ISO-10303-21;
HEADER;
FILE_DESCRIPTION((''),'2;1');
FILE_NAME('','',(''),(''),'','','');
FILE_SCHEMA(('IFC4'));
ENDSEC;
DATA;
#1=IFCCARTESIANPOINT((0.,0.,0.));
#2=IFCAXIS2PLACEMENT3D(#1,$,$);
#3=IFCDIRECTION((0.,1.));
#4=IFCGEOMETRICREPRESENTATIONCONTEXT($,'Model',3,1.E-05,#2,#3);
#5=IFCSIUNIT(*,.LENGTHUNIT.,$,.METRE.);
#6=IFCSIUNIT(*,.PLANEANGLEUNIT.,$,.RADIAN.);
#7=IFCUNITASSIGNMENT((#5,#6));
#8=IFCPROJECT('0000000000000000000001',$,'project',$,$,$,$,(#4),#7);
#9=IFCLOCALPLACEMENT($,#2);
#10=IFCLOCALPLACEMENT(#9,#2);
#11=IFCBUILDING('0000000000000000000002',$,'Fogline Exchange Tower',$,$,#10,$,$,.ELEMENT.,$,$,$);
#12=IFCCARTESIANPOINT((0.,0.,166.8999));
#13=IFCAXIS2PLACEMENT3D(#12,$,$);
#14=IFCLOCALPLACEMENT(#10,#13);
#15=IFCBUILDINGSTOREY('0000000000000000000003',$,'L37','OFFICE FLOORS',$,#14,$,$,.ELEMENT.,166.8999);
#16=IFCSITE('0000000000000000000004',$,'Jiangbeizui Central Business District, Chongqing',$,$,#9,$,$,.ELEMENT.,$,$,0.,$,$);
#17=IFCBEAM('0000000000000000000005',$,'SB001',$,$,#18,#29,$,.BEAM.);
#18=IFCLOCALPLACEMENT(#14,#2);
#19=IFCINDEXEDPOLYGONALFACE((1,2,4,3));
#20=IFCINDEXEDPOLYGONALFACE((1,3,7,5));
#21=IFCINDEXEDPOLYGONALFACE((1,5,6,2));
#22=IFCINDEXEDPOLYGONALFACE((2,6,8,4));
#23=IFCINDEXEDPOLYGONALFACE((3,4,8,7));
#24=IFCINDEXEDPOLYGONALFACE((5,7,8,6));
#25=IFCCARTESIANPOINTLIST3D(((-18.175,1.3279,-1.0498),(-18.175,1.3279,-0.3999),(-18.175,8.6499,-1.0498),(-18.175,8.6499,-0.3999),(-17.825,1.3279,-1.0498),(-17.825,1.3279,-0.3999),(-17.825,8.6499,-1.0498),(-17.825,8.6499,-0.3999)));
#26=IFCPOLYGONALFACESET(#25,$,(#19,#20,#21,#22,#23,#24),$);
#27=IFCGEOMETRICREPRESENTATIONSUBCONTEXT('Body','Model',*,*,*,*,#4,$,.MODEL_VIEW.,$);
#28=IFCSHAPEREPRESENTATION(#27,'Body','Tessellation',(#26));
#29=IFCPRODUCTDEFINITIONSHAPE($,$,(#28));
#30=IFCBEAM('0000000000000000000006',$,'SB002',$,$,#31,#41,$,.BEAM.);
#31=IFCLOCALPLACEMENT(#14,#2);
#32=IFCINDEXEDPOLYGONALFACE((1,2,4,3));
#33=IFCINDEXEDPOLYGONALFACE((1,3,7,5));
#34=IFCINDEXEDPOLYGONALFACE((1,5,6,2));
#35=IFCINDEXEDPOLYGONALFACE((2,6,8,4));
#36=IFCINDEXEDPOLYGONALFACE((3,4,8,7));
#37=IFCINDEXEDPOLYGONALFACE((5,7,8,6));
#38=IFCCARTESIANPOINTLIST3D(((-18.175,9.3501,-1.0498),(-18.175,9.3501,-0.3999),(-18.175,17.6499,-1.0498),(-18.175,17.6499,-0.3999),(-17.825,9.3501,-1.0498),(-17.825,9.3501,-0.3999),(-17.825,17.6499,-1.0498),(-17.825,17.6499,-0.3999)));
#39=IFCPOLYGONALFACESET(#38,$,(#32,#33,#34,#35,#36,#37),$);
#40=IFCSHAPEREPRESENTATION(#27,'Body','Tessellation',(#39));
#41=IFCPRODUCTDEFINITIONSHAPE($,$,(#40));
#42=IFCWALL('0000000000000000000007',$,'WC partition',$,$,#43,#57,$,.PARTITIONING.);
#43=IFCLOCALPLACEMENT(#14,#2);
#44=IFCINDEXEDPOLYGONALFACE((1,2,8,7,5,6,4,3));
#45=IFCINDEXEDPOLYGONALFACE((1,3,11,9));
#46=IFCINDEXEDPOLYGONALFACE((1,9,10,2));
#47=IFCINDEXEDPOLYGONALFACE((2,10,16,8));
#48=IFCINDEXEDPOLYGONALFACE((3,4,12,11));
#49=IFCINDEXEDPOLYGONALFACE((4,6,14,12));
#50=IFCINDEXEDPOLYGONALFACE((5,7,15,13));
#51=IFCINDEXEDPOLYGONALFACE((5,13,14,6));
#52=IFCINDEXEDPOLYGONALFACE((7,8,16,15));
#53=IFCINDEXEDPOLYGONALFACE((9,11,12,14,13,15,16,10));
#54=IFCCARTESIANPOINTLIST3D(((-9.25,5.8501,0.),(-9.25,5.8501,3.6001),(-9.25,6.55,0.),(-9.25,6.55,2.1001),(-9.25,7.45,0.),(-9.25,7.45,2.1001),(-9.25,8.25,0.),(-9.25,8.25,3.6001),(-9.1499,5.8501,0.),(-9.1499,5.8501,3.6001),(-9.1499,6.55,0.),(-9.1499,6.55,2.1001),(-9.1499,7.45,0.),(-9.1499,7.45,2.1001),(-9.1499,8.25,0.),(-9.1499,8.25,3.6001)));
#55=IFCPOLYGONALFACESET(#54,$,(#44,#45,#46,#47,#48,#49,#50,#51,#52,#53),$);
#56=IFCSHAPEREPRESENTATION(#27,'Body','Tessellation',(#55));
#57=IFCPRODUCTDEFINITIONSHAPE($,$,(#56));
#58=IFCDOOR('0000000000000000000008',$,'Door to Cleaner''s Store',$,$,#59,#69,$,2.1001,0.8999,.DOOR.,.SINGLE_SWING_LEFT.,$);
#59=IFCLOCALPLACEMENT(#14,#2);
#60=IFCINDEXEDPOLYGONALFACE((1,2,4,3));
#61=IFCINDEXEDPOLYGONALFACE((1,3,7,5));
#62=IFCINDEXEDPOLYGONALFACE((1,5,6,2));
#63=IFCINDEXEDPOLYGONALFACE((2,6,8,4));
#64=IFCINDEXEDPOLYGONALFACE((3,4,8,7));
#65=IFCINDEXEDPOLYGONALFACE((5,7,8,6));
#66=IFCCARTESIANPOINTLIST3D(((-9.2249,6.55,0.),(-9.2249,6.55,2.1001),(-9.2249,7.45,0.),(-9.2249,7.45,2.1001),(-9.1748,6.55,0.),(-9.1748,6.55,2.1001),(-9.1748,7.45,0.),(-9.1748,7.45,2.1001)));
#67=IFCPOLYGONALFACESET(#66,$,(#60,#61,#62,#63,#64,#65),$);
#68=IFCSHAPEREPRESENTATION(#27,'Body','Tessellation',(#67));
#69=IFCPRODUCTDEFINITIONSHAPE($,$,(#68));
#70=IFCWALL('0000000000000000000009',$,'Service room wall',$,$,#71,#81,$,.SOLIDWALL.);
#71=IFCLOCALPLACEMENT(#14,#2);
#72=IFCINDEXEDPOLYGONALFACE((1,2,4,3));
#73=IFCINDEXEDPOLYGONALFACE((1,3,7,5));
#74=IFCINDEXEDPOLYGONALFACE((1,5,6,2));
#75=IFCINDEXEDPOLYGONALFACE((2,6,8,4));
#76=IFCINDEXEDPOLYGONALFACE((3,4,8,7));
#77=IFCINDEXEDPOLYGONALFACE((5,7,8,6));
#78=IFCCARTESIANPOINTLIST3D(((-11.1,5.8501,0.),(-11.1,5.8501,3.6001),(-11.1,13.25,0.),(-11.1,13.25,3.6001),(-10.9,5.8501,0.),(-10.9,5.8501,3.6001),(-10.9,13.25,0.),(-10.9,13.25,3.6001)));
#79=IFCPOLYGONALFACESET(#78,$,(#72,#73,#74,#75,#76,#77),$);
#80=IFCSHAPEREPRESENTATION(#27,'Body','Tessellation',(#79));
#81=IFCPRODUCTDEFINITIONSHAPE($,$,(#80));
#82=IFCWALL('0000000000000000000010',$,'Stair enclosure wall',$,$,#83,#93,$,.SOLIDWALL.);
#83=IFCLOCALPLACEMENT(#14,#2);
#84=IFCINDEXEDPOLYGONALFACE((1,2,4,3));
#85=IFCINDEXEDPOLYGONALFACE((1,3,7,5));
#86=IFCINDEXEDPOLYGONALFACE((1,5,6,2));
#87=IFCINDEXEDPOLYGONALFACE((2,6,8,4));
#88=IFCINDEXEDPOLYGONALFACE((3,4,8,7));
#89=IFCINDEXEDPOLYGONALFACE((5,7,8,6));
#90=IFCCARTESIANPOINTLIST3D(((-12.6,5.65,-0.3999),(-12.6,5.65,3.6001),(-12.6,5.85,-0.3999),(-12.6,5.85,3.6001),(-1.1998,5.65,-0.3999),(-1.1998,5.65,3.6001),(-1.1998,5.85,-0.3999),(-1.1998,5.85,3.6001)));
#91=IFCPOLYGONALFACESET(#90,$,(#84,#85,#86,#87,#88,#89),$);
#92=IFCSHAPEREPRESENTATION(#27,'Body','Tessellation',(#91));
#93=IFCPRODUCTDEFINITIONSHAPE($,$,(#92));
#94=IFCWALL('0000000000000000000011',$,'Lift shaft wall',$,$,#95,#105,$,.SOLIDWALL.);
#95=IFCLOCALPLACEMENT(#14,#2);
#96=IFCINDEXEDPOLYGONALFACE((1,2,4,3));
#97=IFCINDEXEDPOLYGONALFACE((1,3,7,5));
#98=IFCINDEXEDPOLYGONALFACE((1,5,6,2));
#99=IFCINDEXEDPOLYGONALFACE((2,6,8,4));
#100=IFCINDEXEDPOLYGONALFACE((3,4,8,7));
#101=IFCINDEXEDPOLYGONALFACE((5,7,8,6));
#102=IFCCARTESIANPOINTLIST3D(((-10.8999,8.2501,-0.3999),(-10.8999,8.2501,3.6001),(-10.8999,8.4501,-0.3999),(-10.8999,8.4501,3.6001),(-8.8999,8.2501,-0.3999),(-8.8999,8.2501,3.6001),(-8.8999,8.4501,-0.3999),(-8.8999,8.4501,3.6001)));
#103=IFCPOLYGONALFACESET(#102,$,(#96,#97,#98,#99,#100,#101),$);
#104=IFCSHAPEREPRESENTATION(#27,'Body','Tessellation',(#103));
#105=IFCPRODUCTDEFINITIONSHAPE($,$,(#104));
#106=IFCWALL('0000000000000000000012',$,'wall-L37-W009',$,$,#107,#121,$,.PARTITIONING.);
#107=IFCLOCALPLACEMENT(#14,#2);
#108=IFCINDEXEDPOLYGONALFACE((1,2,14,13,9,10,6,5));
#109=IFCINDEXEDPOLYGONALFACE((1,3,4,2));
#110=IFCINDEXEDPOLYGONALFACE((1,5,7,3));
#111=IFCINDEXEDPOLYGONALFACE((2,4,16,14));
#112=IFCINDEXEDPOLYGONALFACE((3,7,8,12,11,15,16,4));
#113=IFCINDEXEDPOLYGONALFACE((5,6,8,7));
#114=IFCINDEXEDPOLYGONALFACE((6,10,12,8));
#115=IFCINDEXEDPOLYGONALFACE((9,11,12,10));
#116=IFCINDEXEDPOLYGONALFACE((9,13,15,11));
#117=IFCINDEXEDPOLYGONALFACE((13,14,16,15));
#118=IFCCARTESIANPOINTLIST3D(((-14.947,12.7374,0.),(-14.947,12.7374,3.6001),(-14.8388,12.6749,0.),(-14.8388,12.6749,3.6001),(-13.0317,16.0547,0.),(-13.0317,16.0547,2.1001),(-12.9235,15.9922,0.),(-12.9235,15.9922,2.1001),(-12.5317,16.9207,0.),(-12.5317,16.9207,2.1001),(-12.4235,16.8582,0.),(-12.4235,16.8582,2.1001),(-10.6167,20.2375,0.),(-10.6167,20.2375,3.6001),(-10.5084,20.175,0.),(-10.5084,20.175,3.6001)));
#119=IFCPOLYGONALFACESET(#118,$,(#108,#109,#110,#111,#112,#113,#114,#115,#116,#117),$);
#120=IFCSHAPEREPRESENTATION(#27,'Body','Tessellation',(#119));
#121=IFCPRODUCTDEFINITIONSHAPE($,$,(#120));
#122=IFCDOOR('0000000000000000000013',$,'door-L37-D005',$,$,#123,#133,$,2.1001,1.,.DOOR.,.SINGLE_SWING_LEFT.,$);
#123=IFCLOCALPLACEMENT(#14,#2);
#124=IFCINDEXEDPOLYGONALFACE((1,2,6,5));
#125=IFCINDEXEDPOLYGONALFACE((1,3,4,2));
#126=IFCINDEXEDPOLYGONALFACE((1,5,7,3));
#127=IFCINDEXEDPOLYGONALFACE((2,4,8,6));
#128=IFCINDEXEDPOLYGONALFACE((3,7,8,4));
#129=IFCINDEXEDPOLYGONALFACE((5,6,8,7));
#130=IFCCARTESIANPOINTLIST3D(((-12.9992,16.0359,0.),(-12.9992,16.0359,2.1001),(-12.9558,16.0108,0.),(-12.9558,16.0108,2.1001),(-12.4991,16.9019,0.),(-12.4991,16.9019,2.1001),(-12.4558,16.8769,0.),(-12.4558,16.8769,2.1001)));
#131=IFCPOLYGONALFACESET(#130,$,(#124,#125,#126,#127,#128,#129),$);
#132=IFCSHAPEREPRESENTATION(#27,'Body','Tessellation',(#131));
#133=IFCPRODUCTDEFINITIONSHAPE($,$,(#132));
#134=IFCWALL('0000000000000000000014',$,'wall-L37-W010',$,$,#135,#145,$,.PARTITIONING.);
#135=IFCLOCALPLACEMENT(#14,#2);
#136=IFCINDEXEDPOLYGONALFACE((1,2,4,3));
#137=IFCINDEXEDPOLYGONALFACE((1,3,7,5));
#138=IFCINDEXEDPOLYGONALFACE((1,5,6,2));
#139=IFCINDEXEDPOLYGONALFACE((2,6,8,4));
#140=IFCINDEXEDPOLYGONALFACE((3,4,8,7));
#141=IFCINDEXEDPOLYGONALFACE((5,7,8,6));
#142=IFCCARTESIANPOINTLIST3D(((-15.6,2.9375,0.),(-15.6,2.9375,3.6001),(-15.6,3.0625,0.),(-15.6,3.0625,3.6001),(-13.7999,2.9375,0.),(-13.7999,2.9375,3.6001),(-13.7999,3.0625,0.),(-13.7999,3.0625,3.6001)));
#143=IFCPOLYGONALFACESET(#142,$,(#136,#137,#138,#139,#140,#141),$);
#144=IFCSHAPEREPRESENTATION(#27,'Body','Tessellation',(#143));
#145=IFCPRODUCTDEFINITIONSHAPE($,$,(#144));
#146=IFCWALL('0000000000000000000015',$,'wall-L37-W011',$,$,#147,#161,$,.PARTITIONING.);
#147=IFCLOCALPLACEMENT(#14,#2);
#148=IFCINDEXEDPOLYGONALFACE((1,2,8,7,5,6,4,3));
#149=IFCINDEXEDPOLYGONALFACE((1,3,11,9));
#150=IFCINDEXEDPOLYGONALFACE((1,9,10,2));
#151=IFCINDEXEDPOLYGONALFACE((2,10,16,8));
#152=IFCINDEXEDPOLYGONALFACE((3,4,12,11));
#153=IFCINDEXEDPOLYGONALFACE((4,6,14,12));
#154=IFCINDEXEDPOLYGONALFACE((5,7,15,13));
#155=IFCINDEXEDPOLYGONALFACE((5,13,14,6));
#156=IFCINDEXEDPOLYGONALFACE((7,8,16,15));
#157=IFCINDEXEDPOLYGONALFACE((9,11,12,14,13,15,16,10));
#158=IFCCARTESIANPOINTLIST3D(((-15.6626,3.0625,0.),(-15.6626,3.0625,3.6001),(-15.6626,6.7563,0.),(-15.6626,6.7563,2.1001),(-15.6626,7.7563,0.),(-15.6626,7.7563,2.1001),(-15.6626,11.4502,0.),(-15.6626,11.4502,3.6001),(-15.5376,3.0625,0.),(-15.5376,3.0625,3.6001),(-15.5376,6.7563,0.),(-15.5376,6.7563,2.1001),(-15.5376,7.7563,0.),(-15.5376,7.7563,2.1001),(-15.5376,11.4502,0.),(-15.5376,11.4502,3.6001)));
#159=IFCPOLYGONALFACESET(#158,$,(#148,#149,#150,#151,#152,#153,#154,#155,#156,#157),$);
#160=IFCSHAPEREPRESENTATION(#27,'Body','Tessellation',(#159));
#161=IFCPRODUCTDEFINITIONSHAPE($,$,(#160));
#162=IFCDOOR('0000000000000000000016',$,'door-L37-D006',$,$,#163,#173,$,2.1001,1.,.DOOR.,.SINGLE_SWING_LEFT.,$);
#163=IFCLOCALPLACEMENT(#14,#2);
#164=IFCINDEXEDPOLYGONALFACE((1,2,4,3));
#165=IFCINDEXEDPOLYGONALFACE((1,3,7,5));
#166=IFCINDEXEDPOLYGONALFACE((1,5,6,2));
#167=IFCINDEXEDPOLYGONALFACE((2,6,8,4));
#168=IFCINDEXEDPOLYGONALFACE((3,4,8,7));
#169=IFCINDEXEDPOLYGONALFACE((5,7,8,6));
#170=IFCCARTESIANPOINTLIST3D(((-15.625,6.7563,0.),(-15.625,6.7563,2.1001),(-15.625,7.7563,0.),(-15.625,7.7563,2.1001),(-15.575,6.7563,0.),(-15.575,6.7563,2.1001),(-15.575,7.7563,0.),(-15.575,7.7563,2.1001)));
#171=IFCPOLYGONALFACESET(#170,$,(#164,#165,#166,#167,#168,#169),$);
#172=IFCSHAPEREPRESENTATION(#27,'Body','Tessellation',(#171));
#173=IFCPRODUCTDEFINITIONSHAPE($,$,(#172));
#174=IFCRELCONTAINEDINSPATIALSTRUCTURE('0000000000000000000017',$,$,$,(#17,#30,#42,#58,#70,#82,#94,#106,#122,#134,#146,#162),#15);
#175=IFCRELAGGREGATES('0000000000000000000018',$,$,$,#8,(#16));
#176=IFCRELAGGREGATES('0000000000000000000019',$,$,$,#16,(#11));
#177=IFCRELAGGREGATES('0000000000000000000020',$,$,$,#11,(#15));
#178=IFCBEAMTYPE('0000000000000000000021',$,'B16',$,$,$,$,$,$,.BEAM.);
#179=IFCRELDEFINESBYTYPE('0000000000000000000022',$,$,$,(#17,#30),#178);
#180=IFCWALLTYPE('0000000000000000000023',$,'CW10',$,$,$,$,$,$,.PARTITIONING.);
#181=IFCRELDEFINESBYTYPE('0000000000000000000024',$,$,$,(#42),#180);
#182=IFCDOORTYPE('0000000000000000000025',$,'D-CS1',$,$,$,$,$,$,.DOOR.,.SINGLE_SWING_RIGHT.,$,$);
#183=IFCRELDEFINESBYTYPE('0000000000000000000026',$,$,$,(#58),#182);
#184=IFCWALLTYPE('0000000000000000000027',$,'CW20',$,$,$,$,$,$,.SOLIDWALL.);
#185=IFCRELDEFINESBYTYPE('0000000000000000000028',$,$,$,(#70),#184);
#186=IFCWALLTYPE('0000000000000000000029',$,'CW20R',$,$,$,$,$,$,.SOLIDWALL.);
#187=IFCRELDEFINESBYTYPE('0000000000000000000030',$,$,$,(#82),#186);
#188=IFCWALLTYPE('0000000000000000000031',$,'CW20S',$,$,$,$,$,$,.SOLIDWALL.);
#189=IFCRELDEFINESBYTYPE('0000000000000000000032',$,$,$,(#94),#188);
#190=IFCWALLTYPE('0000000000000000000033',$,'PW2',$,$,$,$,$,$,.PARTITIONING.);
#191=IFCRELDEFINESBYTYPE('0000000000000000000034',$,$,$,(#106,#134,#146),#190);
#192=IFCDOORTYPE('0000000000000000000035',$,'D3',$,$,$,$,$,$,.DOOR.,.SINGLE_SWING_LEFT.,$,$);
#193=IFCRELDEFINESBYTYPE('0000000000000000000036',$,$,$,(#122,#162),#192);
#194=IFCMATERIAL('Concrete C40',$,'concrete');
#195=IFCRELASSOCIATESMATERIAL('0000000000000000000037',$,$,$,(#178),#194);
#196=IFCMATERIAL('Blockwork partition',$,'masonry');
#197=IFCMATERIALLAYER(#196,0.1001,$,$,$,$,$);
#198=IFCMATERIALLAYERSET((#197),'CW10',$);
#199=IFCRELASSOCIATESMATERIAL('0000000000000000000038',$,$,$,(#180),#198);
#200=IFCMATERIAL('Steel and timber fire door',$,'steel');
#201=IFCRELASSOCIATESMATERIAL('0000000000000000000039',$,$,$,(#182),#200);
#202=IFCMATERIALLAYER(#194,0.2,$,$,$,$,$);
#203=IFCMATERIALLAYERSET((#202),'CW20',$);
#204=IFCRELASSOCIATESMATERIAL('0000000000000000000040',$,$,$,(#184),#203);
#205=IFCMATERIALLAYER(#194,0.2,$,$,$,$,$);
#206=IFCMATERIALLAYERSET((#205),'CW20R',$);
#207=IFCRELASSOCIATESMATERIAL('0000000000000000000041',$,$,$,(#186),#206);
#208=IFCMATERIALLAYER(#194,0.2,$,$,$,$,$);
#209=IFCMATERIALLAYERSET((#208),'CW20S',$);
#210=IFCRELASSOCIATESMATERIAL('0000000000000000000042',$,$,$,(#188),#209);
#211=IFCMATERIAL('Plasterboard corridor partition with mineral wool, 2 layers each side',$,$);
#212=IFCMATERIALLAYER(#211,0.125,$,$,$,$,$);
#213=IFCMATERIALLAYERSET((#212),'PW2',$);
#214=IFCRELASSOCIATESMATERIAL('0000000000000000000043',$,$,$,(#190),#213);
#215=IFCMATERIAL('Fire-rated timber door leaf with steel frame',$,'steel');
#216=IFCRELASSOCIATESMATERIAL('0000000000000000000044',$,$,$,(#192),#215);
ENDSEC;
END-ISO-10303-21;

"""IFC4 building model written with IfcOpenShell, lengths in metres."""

from ifc_helpers import new_model, si_unit, direction, frame, frame_2d, origin, origin_2d, place, context, subcontext, project, spatial, rectangle, extrude, material, layer, layer_set, material_profile, profile_set, type_object, element, fill, save


model = new_model("IFC4")

# Units and contexts
model_context = context("Model", 3, precision=1e-05, world=origin(), true_north=direction((0.0, 1.0)))
body_context = subcontext(model_context, "Body", "Model", "MODEL_VIEW")
ifc_project = project(units=[si_unit("LENGTHUNIT", "METRE"), si_unit("PLANEANGLEUNIT", "RADIAN")], contexts=[model_context])

# Site, building, storey
site_placement = place(None, origin())
site = spatial("IfcSite", under=ifc_project, at=site_placement, Name="Jiangbeizui Central Business District, Chongqing", CompositionType="ELEMENT", RefElevation=0.0)
building_placement = place(site_placement, origin())
building = spatial("IfcBuilding", under=site, at=building_placement, Name="Fogline Exchange Tower", CompositionType="ELEMENT")
storey_placement = place(building_placement, frame((0.0, 0.0, 166.8999)))
storey = spatial("IfcBuildingStorey", under=building, at=storey_placement, Name="L37", Description="OFFICE FLOORS", CompositionType="ELEMENT", Elevation=166.8999)

# Beams
ifc_material_1 = material(Name="Concrete C40", Category="concrete")
ifc_material_profile = material_profile(ifc_material_1, rectangle(XDim=0.3501, YDim=0.6499, at=origin_2d()), Name="RC 350x650")
ifc_profile_set = profile_set([ifc_material_profile], Name="Concrete C40")
beam_type = type_object("IfcBeamType", Name="B16", PredefinedType="BEAM", material=ifc_profile_set)
beam_1_placement = place(storey_placement, frame((-18.0, 1.3279, -0.7249), z_axis=(0.0, 1.0, 0.0), x_axis=(-1.0, 0.0, 0.0)))
element("IfcBeam", 1, at=beam_1_placement, inside=storey, type_object=beam_type, Name="SB001", PredefinedType="BEAM", context=body_context, shape_type="SweptSolid", body=[
    extrude(rectangle(XDim=0.3501, YDim=0.6499, at=origin_2d()), origin(), (0.0, 0.0, 1.0), 7.322),
])
beam_2_placement = place(storey_placement, frame((-18.0, 9.3501, -0.7249), z_axis=(0.0, 1.0, 0.0), x_axis=(-1.0, 0.0, 0.0)))
element("IfcBeam", 2, at=beam_2_placement, inside=storey, type_object=beam_type, Name="SB002", PredefinedType="BEAM", context=body_context, shape_type="SweptSolid", body=[
    extrude(rectangle(XDim=0.3501, YDim=0.6499, at=origin_2d()), origin(), (0.0, 0.0, 1.0), 8.2998),
])

# Wall, opening, door
ifc_material_2 = material(Name="Blockwork partition", Category="masonry")
ifc_layer_1 = layer(ifc_material_2, 0.1001)
ifc_layer_set_1 = layer_set([ifc_layer_1], Name="CW10")
wall_type_1 = type_object("IfcWallType", Name="CW10", PredefinedType="PARTITIONING", material=ifc_layer_set_1)
wall_1_placement = place(storey_placement, frame((-9.2, 5.8501, 0.0), z_axis=(0.0, 0.0, 1.0), x_axis=(0.0, 1.0, 0.0)))
wall_1 = element("IfcWall", 3, at=wall_1_placement, inside=storey, type_object=wall_type_1, Name="WC partition", PredefinedType="PARTITIONING", context=body_context, shape_type="SweptSolid", body=[
    extrude(rectangle(XDim=2.3999, YDim=0.1001, at=frame_2d((1.2, 0.0))), origin(), (0.0, 0.0, 1.0), 3.6001),
])
opening_1_placement = place(wall_1_placement, frame((0.7, 0.0, 0.0)))
opening_1 = element("IfcOpeningElement", 4, at=opening_1_placement, cuts=wall_1, PredefinedType="OPENING", context=body_context, shape_type="SweptSolid", body=[
    extrude(rectangle(XDim=0.8999, YDim=2.1001, at=frame_2d((0.45, 1.05))), frame((0.0, 0.0601, 0.0), z_axis=(0.0, -1.0, 0.0), x_axis=(1.0, 0.0, 0.0)), (0.0, 0.0, 1.0), 0.1201),
])
ifc_material_3 = material(Name="Steel and timber fire door", Category="steel")
door_type_1 = type_object("IfcDoorType", Name="D-CS1", OperationType="SINGLE_SWING_RIGHT", PredefinedType="DOOR", material=ifc_material_3)
door_1_placement = place(opening_1_placement, origin())
door_1 = element("IfcDoor", 5, at=door_1_placement, inside=storey, type_object=door_type_1, Name="Door to Cleaner's Store", OperationType="SINGLE_SWING_LEFT", OverallHeight=2.1001, OverallWidth=0.8999, PredefinedType="DOOR", context=body_context, shape_type="SweptSolid", body=[
    extrude(rectangle(XDim=0.8999, YDim=2.1001, at=frame_2d((0.45, 1.05))), frame((0.0, 0.0249, 0.0), z_axis=(0.0, -1.0, 0.0), x_axis=(1.0, 0.0, 0.0)), (0.0, 0.0, 1.0), 0.05),
])
fill(opening_1, door_1)

# Walls
ifc_layer_2 = layer(ifc_material_1, 0.2)
ifc_layer_set_2 = layer_set([ifc_layer_2], Name="CW20")
wall_type_2 = type_object("IfcWallType", Name="CW20", PredefinedType="SOLIDWALL", material=ifc_layer_set_2)
wall_2_placement = place(storey_placement, frame((-11.0, 5.8501, 0.0), z_axis=(0.0, 0.0, 1.0), x_axis=(0.0, 1.0, 0.0)))
element("IfcWall", 6, at=wall_2_placement, inside=storey, type_object=wall_type_2, Name="Service room wall", PredefinedType="SOLIDWALL", context=body_context, shape_type="SweptSolid", body=[
    extrude(rectangle(XDim=7.3999, YDim=0.2, at=frame_2d((3.7, 0.0))), origin(), (0.0, 0.0, 1.0), 3.6001),
])
ifc_layer_3 = layer(ifc_material_1, 0.2)
ifc_layer_set_3 = layer_set([ifc_layer_3], Name="CW20R")
wall_type_3 = type_object("IfcWallType", Name="CW20R", PredefinedType="SOLIDWALL", material=ifc_layer_set_3)
wall_3_placement = place(storey_placement, frame((-12.6001, 5.75, -0.3999), z_axis=(0.0, 0.0, 1.0), x_axis=(1.0, 0.0, 0.0)))
element("IfcWall", 7, at=wall_3_placement, inside=storey, type_object=wall_type_3, Name="Stair enclosure wall", PredefinedType="SOLIDWALL", context=body_context, shape_type="SweptSolid", body=[
    extrude(rectangle(XDim=11.4001, YDim=0.2, at=frame_2d((5.7002, 0.0))), origin(), (0.0, 0.0, 1.0), 4.0),
])
ifc_layer_4 = layer(ifc_material_1, 0.2)
ifc_layer_set_4 = layer_set([ifc_layer_4], Name="CW20S")
wall_type_4 = type_object("IfcWallType", Name="CW20S", PredefinedType="SOLIDWALL", material=ifc_layer_set_4)
wall_4_placement = place(storey_placement, frame((-10.8999, 8.3501, -0.3999), z_axis=(0.0, 0.0, 1.0), x_axis=(1.0, 0.0, 0.0)))
element("IfcWall", 8, at=wall_4_placement, inside=storey, type_object=wall_type_4, Name="Lift shaft wall", PredefinedType="SOLIDWALL", context=body_context, shape_type="SweptSolid", body=[
    extrude(rectangle(XDim=2.0, YDim=0.2, at=frame_2d((1.0, 0.0))), origin(), (0.0, 0.0, 1.0), 4.0),
])

# Wall, opening, door
ifc_material_4 = material(Name="Plasterboard corridor partition with mineral wool, 2 layers each side")
ifc_layer_5 = layer(ifc_material_4, 0.125)
ifc_layer_set_5 = layer_set([ifc_layer_5], Name="PW2")
wall_type_5 = type_object("IfcWallType", Name="PW2", PredefinedType="PARTITIONING", material=ifc_layer_set_5)
wall_5_placement = place(storey_placement, frame((-14.8928, 12.7063, 0.0), z_axis=(0.0, 0.0, 1.0), x_axis=(0.500017, 0.866016, 0.0)))
wall_5 = element("IfcWall", 9, at=wall_5_placement, inside=storey, type_object=wall_type_5, Name="wall-L37-W009", PredefinedType="PARTITIONING", context=body_context, shape_type="SweptSolid", body=[
    extrude(rectangle(XDim=8.6604, YDim=0.125, at=frame_2d((4.3301, 0.0))), origin(), (0.0, 0.0, 1.0), 3.6001),
])
opening_2_placement = place(wall_5_placement, frame((3.8303, 0.0, 0.0)))
opening_2 = element("IfcOpeningElement", 10, at=opening_2_placement, cuts=wall_5, PredefinedType="OPENING", context=body_context, shape_type="SweptSolid", body=[
    extrude(rectangle(XDim=1.0, YDim=2.1001, at=frame_2d((0.5, 1.05))), frame((0.0, 0.0725, 0.0), z_axis=(0.0, -1.0, 0.0), x_axis=(1.0, 0.0, 0.0)), (0.0, 0.0, 1.0), 0.145),
])
ifc_material_5 = material(Name="Fire-rated timber door leaf with steel frame", Category="steel")
door_type_2 = type_object("IfcDoorType", Name="D3", OperationType="SINGLE_SWING_LEFT", PredefinedType="DOOR", material=ifc_material_5)
door_2_placement = place(opening_2_placement, origin())
door_2 = element("IfcDoor", 11, at=door_2_placement, inside=storey, type_object=door_type_2, Name="door-L37-D005", OperationType="SINGLE_SWING_LEFT", OverallHeight=2.1001, OverallWidth=1.0, PredefinedType="DOOR", context=body_context, shape_type="SweptSolid", body=[
    extrude(rectangle(XDim=1.0, YDim=2.1001, at=frame_2d((0.5, 1.05))), frame((0.0, 0.0249, 0.0), z_axis=(0.0, -1.0, 0.0), x_axis=(1.0, 0.0, 0.0)), (0.0, 0.0, 1.0), 0.05),
])
fill(opening_2, door_2)

# Wall
wall_6_placement = place(storey_placement, frame((-13.8, 3.0, 0.0), z_axis=(0.0, 0.0, 1.0), x_axis=(-1.0, 0.0, 0.0)))
element("IfcWall", 12, at=wall_6_placement, inside=storey, type_object=wall_type_5, Name="wall-L37-W010", PredefinedType="PARTITIONING", context=body_context, shape_type="SweptSolid", body=[
    extrude(rectangle(XDim=1.8, YDim=0.125, at=frame_2d((0.8999, 0.0))), origin(), (0.0, 0.0, 1.0), 3.6001),
])

# Wall, opening, door
wall_7_placement = place(storey_placement, frame((-15.6001, 3.0625, 0.0), z_axis=(0.0, 0.0, 1.0), x_axis=(0.0, 1.0, 0.0)))
wall_7 = element("IfcWall", 13, at=wall_7_placement, inside=storey, type_object=wall_type_5, Name="wall-L37-W011", PredefinedType="PARTITIONING", context=body_context, shape_type="SweptSolid", body=[
    extrude(rectangle(XDim=8.3877, YDim=0.125, at=frame_2d((4.1938, 0.0))), origin(), (0.0, 0.0, 1.0), 3.6001),
])
opening_3_placement = place(wall_7_placement, frame((3.6938, 0.0, 0.0)))
opening_3 = element("IfcOpeningElement", 14, at=opening_3_placement, cuts=wall_7, PredefinedType="OPENING", context=body_context, shape_type="SweptSolid", body=[
    extrude(rectangle(XDim=1.0, YDim=2.1001, at=frame_2d((0.5, 1.05))), frame((0.0, 0.0725, 0.0), z_axis=(0.0, -1.0, 0.0), x_axis=(1.0, 0.0, 0.0)), (0.0, 0.0, 1.0), 0.145),
])
door_3_placement = place(opening_3_placement, origin())
door_3 = element("IfcDoor", 15, at=door_3_placement, inside=storey, type_object=door_type_2, Name="door-L37-D006", OperationType="SINGLE_SWING_LEFT", OverallHeight=2.1001, OverallWidth=1.0, PredefinedType="DOOR", context=body_context, shape_type="SweptSolid", body=[
    extrude(rectangle(XDim=1.0, YDim=2.1001, at=frame_2d((0.5, 1.05))), frame((0.0, 0.0249, 0.0), z_axis=(0.0, -1.0, 0.0), x_axis=(1.0, 0.0, 0.0)), (0.0, 0.0, 1.0), 0.05),
])
fill(opening_3, door_3)

save(model, "model.ifc")
